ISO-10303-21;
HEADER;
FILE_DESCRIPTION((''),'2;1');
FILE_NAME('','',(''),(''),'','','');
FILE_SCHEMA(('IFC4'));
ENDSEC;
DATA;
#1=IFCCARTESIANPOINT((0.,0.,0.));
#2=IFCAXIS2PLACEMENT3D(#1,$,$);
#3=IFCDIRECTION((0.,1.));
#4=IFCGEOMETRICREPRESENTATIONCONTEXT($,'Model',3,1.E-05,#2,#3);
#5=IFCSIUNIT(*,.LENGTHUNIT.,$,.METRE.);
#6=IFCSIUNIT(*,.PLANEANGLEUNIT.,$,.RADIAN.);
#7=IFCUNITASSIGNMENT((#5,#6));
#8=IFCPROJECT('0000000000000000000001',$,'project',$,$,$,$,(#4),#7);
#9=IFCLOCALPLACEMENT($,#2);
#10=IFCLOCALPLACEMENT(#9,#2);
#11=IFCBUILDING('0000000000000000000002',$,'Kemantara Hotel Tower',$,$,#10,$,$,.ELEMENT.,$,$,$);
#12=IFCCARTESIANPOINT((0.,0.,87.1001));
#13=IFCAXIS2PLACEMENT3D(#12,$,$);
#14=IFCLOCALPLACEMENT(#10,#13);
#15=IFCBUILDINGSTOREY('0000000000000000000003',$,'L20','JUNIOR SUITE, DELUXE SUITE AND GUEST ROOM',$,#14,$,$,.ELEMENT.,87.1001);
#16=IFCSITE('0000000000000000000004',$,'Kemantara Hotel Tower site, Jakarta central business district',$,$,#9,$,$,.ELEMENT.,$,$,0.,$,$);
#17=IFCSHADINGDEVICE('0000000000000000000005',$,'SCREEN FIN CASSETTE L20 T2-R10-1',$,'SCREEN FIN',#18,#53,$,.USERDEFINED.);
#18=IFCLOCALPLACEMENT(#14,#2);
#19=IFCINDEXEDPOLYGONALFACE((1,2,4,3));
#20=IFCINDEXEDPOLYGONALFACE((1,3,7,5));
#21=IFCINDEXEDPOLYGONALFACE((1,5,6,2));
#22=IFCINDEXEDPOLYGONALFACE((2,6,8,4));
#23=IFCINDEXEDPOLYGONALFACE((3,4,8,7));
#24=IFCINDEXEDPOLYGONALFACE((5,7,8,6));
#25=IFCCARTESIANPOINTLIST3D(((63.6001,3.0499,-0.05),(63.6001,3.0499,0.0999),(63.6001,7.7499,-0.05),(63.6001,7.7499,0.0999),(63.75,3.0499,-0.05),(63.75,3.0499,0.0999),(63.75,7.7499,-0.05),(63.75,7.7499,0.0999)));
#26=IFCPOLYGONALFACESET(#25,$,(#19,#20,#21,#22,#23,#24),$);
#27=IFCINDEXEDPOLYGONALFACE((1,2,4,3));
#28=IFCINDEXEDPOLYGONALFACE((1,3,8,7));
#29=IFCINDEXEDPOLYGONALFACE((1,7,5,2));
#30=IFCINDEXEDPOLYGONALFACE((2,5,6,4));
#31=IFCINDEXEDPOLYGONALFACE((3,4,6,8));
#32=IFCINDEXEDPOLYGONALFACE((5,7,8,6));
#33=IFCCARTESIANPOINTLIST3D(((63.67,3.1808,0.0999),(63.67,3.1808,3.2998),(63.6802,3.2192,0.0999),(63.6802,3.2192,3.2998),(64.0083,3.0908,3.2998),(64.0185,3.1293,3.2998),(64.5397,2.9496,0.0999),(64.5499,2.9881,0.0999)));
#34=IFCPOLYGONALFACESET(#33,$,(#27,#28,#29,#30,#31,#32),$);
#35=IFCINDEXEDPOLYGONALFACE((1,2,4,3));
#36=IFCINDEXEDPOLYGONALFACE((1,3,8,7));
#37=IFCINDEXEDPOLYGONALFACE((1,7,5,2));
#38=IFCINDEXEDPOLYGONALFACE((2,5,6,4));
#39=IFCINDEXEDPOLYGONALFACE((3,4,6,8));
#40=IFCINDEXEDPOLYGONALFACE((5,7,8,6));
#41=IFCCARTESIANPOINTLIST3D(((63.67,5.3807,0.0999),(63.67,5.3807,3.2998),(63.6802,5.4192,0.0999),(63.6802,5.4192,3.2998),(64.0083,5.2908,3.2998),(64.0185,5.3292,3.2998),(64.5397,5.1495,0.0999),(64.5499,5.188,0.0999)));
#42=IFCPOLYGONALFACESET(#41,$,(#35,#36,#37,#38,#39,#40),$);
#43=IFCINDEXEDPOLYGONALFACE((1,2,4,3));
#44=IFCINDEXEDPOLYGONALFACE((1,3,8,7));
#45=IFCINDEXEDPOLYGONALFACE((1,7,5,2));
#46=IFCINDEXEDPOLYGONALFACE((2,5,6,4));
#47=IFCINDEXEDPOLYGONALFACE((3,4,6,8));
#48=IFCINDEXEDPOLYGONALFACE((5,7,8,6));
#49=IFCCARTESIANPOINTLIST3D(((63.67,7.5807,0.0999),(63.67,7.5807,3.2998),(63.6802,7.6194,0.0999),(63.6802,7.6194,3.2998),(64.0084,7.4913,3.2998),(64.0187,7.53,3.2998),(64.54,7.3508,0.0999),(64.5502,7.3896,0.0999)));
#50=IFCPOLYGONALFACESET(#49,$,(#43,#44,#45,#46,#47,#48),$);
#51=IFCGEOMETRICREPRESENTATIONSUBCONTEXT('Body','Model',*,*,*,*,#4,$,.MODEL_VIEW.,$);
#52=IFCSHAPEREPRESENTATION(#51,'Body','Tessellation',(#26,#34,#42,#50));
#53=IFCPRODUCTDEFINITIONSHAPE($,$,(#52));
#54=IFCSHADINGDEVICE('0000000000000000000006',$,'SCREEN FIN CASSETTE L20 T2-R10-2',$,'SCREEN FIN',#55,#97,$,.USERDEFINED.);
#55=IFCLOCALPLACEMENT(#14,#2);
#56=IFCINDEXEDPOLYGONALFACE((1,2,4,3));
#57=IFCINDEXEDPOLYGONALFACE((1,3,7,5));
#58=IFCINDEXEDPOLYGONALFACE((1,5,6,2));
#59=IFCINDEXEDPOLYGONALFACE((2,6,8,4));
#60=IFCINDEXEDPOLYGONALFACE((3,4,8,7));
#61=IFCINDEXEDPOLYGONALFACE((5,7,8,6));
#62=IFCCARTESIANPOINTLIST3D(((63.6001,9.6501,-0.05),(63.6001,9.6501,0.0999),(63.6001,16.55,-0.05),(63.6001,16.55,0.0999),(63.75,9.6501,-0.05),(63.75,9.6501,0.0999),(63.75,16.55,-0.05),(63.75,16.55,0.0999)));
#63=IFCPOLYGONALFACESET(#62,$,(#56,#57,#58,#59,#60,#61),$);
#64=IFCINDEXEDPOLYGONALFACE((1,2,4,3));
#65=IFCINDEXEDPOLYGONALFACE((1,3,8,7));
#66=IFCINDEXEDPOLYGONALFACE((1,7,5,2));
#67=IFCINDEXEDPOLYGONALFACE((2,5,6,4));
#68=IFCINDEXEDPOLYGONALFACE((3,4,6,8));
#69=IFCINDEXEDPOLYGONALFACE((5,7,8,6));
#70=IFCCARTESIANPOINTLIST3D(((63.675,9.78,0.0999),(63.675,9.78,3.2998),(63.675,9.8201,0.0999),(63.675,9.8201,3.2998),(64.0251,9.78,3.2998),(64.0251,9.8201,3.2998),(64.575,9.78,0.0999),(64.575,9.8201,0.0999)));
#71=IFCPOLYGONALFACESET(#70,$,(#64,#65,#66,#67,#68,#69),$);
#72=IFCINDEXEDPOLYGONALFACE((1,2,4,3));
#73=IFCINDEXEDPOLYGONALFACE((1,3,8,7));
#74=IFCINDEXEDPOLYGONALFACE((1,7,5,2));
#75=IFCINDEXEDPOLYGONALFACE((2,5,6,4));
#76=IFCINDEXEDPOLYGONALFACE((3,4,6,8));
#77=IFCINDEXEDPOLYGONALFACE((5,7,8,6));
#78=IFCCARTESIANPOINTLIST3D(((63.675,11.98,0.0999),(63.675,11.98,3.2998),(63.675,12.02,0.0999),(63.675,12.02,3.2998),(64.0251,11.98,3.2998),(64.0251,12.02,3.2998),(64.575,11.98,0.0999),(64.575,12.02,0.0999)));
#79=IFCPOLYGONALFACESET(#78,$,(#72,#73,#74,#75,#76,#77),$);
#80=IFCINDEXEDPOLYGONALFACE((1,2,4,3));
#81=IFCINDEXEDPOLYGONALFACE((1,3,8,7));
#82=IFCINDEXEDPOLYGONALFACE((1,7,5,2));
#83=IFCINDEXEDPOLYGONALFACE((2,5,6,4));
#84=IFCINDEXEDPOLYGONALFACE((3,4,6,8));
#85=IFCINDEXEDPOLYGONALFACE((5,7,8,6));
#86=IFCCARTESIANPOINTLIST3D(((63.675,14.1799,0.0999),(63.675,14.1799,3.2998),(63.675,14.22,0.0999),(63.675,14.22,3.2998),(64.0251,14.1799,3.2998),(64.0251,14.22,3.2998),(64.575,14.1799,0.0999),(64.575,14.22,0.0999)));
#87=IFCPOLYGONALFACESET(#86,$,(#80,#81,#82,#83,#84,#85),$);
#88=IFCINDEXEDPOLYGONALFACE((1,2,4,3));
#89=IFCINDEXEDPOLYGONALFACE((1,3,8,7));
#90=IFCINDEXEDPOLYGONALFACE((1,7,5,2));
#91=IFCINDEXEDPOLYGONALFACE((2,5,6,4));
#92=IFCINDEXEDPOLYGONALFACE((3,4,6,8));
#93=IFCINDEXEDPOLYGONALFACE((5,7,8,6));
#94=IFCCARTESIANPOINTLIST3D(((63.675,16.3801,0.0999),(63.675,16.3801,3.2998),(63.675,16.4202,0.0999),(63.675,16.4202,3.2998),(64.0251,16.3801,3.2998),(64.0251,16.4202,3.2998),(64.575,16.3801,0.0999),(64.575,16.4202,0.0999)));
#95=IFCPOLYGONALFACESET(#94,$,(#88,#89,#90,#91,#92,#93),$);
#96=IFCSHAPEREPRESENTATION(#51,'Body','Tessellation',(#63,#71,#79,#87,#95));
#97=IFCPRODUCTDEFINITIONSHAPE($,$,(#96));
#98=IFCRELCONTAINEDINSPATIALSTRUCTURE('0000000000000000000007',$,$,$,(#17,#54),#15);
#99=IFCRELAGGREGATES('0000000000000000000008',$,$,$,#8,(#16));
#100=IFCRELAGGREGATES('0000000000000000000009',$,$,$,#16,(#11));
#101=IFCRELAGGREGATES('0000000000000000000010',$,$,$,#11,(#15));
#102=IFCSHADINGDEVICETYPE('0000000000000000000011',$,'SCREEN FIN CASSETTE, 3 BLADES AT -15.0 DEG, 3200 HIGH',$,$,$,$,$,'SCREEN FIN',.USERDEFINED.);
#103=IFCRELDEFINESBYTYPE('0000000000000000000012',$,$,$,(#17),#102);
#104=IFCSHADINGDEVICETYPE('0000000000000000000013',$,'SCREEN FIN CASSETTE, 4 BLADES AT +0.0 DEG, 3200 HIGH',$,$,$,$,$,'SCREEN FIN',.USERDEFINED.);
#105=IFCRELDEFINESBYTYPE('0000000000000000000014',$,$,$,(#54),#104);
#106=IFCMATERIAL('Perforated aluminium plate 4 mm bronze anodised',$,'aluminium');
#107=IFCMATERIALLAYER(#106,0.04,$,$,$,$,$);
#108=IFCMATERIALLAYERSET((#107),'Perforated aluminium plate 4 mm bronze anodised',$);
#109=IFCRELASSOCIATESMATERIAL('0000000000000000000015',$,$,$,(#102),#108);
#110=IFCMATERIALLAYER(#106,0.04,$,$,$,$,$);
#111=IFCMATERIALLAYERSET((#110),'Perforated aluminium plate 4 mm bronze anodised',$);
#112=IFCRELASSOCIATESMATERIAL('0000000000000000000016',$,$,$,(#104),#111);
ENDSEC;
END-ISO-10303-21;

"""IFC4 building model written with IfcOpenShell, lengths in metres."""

from ifc_helpers import new_model, si_unit, direction, frame, origin, origin_2d, place, context, subcontext, project, spatial, polyline, rectangle, outline, extrude, source, transform, mapped, material, layer, layer_set, type_object, element, save


model = new_model("IFC4")

# Units and contexts
model_context = context("Model", 3, precision=1e-05, world=origin(), true_north=direction((0.0, 1.0)))
body_context = subcontext(model_context, "Body", "Model", "MODEL_VIEW")
ifc_project = project(units=[si_unit("LENGTHUNIT", "METRE"), si_unit("PLANEANGLEUNIT", "RADIAN")], contexts=[model_context])

# Site, building, storey
site_placement = place(None, origin())
site = spatial("IfcSite", under=ifc_project, at=site_placement, Name="Kemantara Hotel Tower site, Jakarta central business district", CompositionType="ELEMENT", RefElevation=0.0)
building_placement = place(site_placement, origin())
building = spatial("IfcBuilding", under=site, at=building_placement, Name="Kemantara Hotel Tower", CompositionType="ELEMENT")
storey_placement = place(building_placement, frame((0.0, 0.0, 87.1001)))
storey = spatial("IfcBuildingStorey", under=building, at=storey_placement, Name="L20", Description="JUNIOR SUITE, DELUXE SUITE AND GUEST ROOM", CompositionType="ELEMENT", Elevation=87.1001)

# Shading devices
ifc_material_1 = material(Name="Perforated aluminium plate 4 mm bronze anodised", Category="aluminium")
ifc_layer_1 = layer(ifc_material_1, 0.04)
ifc_layer_set_1 = layer_set([ifc_layer_1], Name="Perforated aluminium plate 4 mm bronze anodised")
shading_device_type_1 = type_object("IfcShadingDeviceType", Name="SCREEN FIN CASSETTE, 3 BLADES AT -15.0 DEG, 3200 HIGH", ElementType="SCREEN FIN", PredefinedType="USERDEFINED", material=ifc_layer_set_1)
shared_shape_1 = source(origin(), body_context, "Body", "SweptSolid", [
    extrude(rectangle(XDim=4.7, YDim=0.1499, at=origin_2d()), frame((2.2, -0.075, -0.1499), z_axis=(0.0, 0.0, 1.0), x_axis=(1.0, 0.0, 0.0)), (0.0, 0.0, 1.0), 0.1499),
    extrude(outline(polyline([(0.0, 0.0), (0.8999, 0.0), (0.3501, 3.2), (0.0, 3.2), (0.0, 0.0)])), frame((0.0193, -0.0801, 0.0), z_axis=(-0.966438, 0.256901, 0.0), x_axis=(-0.256901, -0.966438, 0.0)), (0.0, 0.0, 1.0), 0.0398),
    extrude(outline(polyline([(0.0, 0.0), (0.8999, 0.0), (0.3501, 3.2), (0.0, 3.2), (0.0, 0.0)])), frame((2.2192, -0.0801, 0.0), z_axis=(-0.966438, 0.256901, 0.0), x_axis=(-0.256901, -0.966438, 0.0)), (0.0, 0.0, 1.0), 0.0398),
    extrude(outline(polyline([(0.0, 0.0), (0.8999, 0.0), (0.3501, 3.2), (0.0, 3.2), (0.0, 0.0)])), frame((4.4194, -0.0801, 0.0), z_axis=(-0.966838, 0.255391, 0.0), x_axis=(-0.255391, -0.966838, 0.0)), (0.0, 0.0, 1.0), 0.04),
])
shading_device_1_placement = place(storey_placement, frame((63.6001, 3.2, 0.0999), z_axis=(0.0, 0.0, 1.0), x_axis=(0.0, 1.0, 0.0)))
element("IfcShadingDevice", 1, at=shading_device_1_placement, inside=storey, type_object=shading_device_type_1, Name="SCREEN FIN CASSETTE L20 T2-R10-1", ObjectType="SCREEN FIN", PredefinedType="USERDEFINED", context=body_context, shape_type="MappedRepresentation", body=[
    mapped(shared_shape_1, transform((0.0, 0.0, 0.0))),
])
ifc_layer_2 = layer(ifc_material_1, 0.04)
ifc_layer_set_2 = layer_set([ifc_layer_2], Name="Perforated aluminium plate 4 mm bronze anodised")
shading_device_type_2 = type_object("IfcShadingDeviceType", Name="SCREEN FIN CASSETTE, 4 BLADES AT +0.0 DEG, 3200 HIGH", ElementType="SCREEN FIN", PredefinedType="USERDEFINED", material=ifc_layer_set_2)
shared_shape_2 = source(origin(), body_context, "Body", "SweptSolid", [
    extrude(rectangle(XDim=6.8999, YDim=0.1499, at=origin_2d()), frame((3.3, -0.075, -0.1499), z_axis=(0.0, 0.0, 1.0), x_axis=(1.0, 0.0, 0.0)), (0.0, 0.0, 1.0), 0.1499),
    extrude(outline(polyline([(0.0, 0.0), (0.8999, 0.0), (0.3501, 3.2), (0.0, 3.2), (0.0, 0.0)])), frame((0.02, -0.075, 0.0), z_axis=(-1.0, 0.0, 0.0), x_axis=(0.0, -1.0, 0.0)), (0.0, 0.0, 1.0), 0.04),
    extrude(outline(polyline([(0.0, 0.0), (0.8999, 0.0), (0.3501, 3.2), (0.0, 3.2), (0.0, 0.0)])), frame((2.22, -0.075, 0.0), z_axis=(-1.0, 0.0, 0.0), x_axis=(0.0, -1.0, 0.0)), (0.0, 0.0, 1.0), 0.04),
    extrude(outline(polyline([(0.0, 0.0), (0.8999, 0.0), (0.3501, 3.2), (0.0, 3.2), (0.0, 0.0)])), frame((4.4199, -0.075, 0.0), z_axis=(-1.0, 0.0, 0.0), x_axis=(0.0, -1.0, 0.0)), (0.0, 0.0, 1.0), 0.04),
    extrude(outline(polyline([(0.0, 0.0), (0.8999, 0.0), (0.3501, 3.2), (0.0, 3.2), (0.0, 0.0)])), frame((6.6201, -0.075, 0.0), z_axis=(-1.0, 0.0, 0.0), x_axis=(0.0, -1.0, 0.0)), (0.0, 0.0, 1.0), 0.04),
])
shading_device_2_placement = place(storey_placement, frame((63.6001, 9.8, 0.0999), z_axis=(0.0, 0.0, 1.0), x_axis=(0.0, 1.0, 0.0)))
element("IfcShadingDevice", 2, at=shading_device_2_placement, inside=storey, type_object=shading_device_type_2, Name="SCREEN FIN CASSETTE L20 T2-R10-2", ObjectType="SCREEN FIN", PredefinedType="USERDEFINED", context=body_context, shape_type="MappedRepresentation", body=[
    mapped(shared_shape_2, transform((0.0, 0.0, 0.0))),
])

save(model, "model.ifc")
